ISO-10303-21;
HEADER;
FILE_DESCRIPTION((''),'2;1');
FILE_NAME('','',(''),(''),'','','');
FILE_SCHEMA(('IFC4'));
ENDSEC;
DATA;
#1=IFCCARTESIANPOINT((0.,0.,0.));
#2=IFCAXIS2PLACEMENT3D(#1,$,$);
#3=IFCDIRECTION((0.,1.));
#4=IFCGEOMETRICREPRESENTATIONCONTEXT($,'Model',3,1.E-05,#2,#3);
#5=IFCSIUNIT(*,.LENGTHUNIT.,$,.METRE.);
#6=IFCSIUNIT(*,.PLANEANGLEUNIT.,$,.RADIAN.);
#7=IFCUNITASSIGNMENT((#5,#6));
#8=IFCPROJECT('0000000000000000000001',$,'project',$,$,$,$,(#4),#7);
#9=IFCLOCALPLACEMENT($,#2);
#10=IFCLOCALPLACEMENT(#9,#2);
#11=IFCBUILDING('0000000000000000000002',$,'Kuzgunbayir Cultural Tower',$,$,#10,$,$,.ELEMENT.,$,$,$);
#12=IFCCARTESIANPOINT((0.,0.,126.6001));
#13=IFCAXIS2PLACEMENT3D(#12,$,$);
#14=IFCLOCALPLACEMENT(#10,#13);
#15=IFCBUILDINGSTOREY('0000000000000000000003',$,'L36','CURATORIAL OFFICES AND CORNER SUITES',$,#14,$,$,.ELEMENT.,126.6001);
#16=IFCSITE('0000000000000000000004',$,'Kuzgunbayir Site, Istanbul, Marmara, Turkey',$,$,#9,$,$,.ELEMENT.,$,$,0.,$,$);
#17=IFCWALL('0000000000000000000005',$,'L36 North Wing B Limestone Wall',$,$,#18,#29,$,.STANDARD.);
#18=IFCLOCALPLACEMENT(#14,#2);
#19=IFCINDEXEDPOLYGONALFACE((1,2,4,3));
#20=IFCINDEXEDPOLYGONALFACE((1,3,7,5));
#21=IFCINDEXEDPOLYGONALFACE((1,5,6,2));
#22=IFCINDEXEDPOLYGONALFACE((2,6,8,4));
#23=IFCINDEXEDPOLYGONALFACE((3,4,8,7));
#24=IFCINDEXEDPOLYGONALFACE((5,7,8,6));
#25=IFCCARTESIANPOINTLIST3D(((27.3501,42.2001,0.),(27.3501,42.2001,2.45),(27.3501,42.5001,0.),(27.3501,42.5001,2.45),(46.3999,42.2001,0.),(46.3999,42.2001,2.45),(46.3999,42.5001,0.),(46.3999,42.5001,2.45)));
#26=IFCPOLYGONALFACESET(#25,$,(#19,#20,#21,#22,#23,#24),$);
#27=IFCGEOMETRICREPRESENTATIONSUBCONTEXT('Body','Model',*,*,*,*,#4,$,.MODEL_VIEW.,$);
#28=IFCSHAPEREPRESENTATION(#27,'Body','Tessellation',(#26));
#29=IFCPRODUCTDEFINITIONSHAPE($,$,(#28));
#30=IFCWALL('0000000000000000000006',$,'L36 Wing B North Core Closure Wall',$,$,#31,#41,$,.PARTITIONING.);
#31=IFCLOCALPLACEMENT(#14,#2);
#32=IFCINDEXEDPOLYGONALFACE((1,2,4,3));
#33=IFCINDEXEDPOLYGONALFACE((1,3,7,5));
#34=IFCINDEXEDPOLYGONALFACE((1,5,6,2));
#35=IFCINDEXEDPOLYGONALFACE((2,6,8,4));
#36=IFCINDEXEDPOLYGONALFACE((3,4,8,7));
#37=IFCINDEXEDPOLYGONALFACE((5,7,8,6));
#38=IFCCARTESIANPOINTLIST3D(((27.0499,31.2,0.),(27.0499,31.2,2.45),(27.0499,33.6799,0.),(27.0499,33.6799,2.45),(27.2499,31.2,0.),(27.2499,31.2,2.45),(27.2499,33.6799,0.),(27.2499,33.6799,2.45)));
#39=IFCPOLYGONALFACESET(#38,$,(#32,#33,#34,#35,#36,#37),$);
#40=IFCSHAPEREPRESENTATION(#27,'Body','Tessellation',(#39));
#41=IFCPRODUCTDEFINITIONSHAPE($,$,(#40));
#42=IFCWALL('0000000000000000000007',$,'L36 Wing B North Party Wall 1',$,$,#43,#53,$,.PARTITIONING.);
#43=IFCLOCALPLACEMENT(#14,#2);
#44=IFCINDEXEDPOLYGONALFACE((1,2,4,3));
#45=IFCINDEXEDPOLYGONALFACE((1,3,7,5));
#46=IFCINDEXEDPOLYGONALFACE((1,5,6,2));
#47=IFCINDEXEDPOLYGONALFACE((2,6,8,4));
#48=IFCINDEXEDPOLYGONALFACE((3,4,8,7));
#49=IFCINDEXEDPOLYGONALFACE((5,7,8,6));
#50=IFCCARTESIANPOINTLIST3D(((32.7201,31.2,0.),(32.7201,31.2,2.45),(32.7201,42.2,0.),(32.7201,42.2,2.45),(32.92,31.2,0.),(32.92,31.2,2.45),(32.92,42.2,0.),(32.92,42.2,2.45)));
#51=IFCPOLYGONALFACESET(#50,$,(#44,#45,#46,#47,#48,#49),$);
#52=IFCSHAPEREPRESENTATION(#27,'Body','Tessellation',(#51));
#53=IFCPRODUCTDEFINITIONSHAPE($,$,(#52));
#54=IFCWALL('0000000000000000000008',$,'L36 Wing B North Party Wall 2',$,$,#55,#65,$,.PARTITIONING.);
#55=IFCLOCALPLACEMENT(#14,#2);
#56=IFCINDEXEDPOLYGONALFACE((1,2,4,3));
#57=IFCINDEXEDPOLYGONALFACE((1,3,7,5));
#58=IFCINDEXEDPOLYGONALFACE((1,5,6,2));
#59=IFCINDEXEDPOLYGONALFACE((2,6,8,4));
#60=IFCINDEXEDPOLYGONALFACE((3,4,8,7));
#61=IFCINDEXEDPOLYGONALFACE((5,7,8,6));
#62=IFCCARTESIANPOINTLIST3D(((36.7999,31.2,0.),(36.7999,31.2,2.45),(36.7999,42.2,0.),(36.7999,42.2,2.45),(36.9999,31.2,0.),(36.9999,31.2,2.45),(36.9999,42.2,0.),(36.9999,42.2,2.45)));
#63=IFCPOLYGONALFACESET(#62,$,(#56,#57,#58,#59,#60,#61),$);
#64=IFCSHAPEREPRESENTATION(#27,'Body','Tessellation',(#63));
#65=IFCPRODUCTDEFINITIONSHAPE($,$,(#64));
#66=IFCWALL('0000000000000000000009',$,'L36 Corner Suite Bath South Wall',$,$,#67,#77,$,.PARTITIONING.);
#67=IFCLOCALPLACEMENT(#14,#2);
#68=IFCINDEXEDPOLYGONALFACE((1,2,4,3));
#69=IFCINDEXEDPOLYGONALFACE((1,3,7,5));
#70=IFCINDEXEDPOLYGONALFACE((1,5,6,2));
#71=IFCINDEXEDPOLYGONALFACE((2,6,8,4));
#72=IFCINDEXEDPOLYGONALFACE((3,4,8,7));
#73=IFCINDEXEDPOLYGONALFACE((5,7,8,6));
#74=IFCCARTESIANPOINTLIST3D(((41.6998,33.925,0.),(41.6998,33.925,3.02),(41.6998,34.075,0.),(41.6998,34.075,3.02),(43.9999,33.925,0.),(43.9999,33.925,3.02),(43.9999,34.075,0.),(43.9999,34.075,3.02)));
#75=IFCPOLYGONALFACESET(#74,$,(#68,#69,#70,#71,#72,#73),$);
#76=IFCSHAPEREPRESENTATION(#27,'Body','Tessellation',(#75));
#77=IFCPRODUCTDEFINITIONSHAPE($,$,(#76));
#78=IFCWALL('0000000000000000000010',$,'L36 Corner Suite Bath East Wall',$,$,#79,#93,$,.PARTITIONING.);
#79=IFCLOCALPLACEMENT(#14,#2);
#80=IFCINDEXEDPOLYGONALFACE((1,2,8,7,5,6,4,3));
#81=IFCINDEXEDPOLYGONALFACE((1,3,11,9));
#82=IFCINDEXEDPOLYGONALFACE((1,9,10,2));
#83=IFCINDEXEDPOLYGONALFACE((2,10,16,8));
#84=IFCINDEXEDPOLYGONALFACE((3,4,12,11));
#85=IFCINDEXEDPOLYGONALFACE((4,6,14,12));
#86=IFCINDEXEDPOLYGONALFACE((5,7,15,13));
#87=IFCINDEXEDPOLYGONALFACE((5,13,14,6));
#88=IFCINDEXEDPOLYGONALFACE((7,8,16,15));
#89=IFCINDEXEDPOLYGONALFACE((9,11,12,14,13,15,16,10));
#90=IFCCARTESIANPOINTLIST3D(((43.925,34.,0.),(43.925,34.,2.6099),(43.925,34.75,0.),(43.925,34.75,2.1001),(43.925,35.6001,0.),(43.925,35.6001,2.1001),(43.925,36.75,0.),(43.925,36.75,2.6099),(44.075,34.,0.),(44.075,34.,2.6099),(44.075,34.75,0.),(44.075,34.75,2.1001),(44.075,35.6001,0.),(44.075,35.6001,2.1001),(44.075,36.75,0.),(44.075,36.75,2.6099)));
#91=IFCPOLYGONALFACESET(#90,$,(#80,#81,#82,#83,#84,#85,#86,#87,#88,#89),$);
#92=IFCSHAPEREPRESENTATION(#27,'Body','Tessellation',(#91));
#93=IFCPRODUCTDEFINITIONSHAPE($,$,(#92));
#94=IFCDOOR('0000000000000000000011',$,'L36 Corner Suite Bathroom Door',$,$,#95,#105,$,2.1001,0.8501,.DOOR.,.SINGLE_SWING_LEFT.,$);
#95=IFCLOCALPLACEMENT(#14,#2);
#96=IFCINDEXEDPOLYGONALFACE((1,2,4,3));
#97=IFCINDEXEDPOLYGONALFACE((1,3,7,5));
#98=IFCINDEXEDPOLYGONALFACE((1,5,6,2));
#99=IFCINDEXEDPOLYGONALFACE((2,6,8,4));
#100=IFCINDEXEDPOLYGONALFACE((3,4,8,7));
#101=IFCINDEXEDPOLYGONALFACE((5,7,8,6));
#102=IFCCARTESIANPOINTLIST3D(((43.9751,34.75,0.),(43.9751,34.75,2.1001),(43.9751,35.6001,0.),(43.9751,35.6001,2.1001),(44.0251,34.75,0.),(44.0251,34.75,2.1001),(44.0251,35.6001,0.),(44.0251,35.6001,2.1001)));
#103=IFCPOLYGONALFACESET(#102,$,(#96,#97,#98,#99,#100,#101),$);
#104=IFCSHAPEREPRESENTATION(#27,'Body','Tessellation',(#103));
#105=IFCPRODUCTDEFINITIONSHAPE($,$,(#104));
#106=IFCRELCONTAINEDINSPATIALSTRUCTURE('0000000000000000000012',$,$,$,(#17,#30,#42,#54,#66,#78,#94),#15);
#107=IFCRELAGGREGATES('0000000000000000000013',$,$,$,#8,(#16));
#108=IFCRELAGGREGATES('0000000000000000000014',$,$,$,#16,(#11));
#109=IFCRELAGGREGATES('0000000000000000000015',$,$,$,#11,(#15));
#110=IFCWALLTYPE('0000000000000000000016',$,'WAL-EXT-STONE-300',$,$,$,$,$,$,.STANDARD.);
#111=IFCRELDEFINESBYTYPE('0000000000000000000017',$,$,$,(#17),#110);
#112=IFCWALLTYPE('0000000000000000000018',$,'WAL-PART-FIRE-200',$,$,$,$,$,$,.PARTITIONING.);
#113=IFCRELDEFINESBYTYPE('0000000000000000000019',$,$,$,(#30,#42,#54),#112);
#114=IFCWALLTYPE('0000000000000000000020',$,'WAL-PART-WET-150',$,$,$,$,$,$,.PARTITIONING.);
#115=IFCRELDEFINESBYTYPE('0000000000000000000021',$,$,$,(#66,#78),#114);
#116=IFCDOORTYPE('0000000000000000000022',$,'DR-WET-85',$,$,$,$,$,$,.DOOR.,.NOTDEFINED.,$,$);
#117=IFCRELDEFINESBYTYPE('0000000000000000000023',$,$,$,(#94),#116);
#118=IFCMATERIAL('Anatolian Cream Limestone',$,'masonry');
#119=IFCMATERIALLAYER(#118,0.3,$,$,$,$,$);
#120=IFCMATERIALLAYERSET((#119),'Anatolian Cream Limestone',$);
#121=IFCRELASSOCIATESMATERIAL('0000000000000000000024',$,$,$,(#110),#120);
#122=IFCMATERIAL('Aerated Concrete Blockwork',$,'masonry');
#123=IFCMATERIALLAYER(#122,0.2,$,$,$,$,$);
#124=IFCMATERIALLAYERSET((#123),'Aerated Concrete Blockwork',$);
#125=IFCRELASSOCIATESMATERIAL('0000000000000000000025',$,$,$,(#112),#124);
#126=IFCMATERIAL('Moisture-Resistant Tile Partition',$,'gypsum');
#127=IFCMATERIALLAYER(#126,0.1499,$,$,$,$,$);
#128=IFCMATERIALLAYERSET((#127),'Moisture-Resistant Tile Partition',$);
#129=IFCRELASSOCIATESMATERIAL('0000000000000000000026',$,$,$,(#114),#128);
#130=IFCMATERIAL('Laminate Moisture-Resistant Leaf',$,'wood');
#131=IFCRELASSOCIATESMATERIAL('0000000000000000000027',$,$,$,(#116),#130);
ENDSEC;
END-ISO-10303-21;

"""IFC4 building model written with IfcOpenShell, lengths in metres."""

from ifc_helpers import new_model, si_unit, direction, frame, frame_2d, origin, place, context, subcontext, project, spatial, rectangle, extrude, material, layer, layer_set, type_object, element, fill, save


model = new_model("IFC4")

# Units and contexts
model_context = context("Model", 3, precision=1e-05, world=origin(), true_north=direction((0.0, 1.0)))
body_context = subcontext(model_context, "Body", "Model", "MODEL_VIEW")
ifc_project = project(units=[si_unit("LENGTHUNIT", "METRE"), si_unit("PLANEANGLEUNIT", "RADIAN")], contexts=[model_context])

# Site, building, storey
site_placement = place(None, origin())
site = spatial("IfcSite", under=ifc_project, at=site_placement, Name="Kuzgunbayir Site, Istanbul, Marmara, Turkey", CompositionType="ELEMENT", RefElevation=0.0)
building_placement = place(site_placement, origin())
building = spatial("IfcBuilding", under=site, at=building_placement, Name="Kuzgunbayir Cultural Tower", CompositionType="ELEMENT")
storey_placement = place(building_placement, frame((0.0, 0.0, 126.6001)))
storey = spatial("IfcBuildingStorey", under=building, at=storey_placement, Name="L36", Description="CURATORIAL OFFICES AND CORNER SUITES", CompositionType="ELEMENT", Elevation=126.6001)

# Wall
ifc_material_1 = material(Name="Anatolian Cream Limestone", Category="masonry")
ifc_layer_1 = layer(ifc_material_1, 0.3)
ifc_layer_set_1 = layer_set([ifc_layer_1], Name="Anatolian Cream Limestone")
wall_type_1 = type_object("IfcWallType", Name="WAL-EXT-STONE-300", PredefinedType="STANDARD", material=ifc_layer_set_1)
wall_1_placement = place(storey_placement, frame((46.3999, 42.3501, 0.0), z_axis=(0.0, 0.0, 1.0), x_axis=(-1.0, 0.0, 0.0)))
element("IfcWall", 1, at=wall_1_placement, inside=storey, type_object=wall_type_1, Name="L36 North Wing B Limestone Wall", PredefinedType="STANDARD", context=body_context, shape_type="SweptSolid", body=[
    extrude(rectangle(XDim=19.0498, YDim=0.3, at=frame_2d((9.5249, 0.0))), origin(), (0.0, 0.0, 1.0), 2.45),
])

# Shared definitions
ifc_material_2 = material(Name="Aerated Concrete Blockwork", Category="masonry")
ifc_layer_2 = layer(ifc_material_2, 0.2)
ifc_layer_set_2 = layer_set([ifc_layer_2], Name="Aerated Concrete Blockwork")
wall_type_2 = type_object("IfcWallType", Name="WAL-PART-FIRE-200", PredefinedType="PARTITIONING", material=ifc_layer_set_2)

# Walls
wall_2_placement = place(storey_placement, frame((27.1499, 31.2, 0.0), z_axis=(0.0, 0.0, 1.0), x_axis=(0.0, 1.0, 0.0)))
element("IfcWall", 2, at=wall_2_placement, inside=storey, type_object=wall_type_2, Name="L36 Wing B North Core Closure Wall", PredefinedType="PARTITIONING", context=body_context, shape_type="SweptSolid", body=[
    extrude(rectangle(XDim=2.48, YDim=0.2, at=frame_2d((1.24, 0.0))), origin(), (0.0, 0.0, 1.0), 2.45),
])
for number, where, z_axis, x_axis, name in (
    (3, (32.8201, 31.2, 0.0), (0.0, 0.0, 1.0), (0.0, 1.0, 0.0), "L36 Wing B North Party Wall 1"),
    (4, (36.8999, 31.2, 0.0), (0.0, 0.0, 1.0), (0.0, 1.0, 0.0), "L36 Wing B North Party Wall 2"),
):
    element("IfcWall", number, at=place(storey_placement, frame(where, z_axis=z_axis, x_axis=x_axis)), inside=storey, type_object=wall_type_2, Name=name, PredefinedType="PARTITIONING", context=body_context, shape_type="SweptSolid", body=[
        extrude(rectangle(XDim=11.0, YDim=0.2, at=frame_2d((5.5, 0.0))), origin(), (0.0, 0.0, 1.0), 2.45),
    ])
ifc_material_3 = material(Name="Moisture-Resistant Tile Partition", Category="gypsum")
ifc_layer_3 = layer(ifc_material_3, 0.1499)
ifc_layer_set_3 = layer_set([ifc_layer_3], Name="Moisture-Resistant Tile Partition")
wall_type_3 = type_object("IfcWallType", Name="WAL-PART-WET-150", PredefinedType="PARTITIONING", material=ifc_layer_set_3)
wall_3_placement = place(storey_placement, frame((41.7, 34.0, 0.0), z_axis=(0.0, 0.0, 1.0), x_axis=(1.0, 0.0, 0.0)))
element("IfcWall", 5, at=wall_3_placement, inside=storey, type_object=wall_type_3, Name="L36 Corner Suite Bath South Wall", PredefinedType="PARTITIONING", context=body_context, shape_type="SweptSolid", body=[
    extrude(rectangle(XDim=2.3, YDim=0.1499, at=frame_2d((1.1499, 0.0))), origin(), (0.0, 0.0, 1.0), 3.02),
])

# Wall, opening, door
wall_4_placement = place(storey_placement, frame((44.0, 34.0, 0.0), z_axis=(0.0, 0.0, 1.0), x_axis=(0.0, 1.0, 0.0)))
wall_4 = element("IfcWall", 6, at=wall_4_placement, inside=storey, type_object=wall_type_3, Name="L36 Corner Suite Bath East Wall", PredefinedType="PARTITIONING", context=body_context, shape_type="SweptSolid", body=[
    extrude(rectangle(XDim=2.75, YDim=0.1499, at=frame_2d((1.375, 0.0))), origin(), (0.0, 0.0, 1.0), 2.6099),
])
opening_1_placement = place(wall_4_placement, frame((0.75, 0.0, 0.0)))
opening_1 = element("IfcOpeningElement", 7, at=opening_1_placement, cuts=wall_4, PredefinedType="OPENING", context=body_context, shape_type="SweptSolid", body=[
    extrude(rectangle(XDim=0.8501, YDim=2.1001, at=frame_2d((0.425, 1.05))), frame((0.0, 0.085, 0.0), z_axis=(0.0, -1.0, 0.0), x_axis=(1.0, 0.0, 0.0)), (0.0, 0.0, 1.0), 0.1699),
])
ifc_material_4 = material(Name="Laminate Moisture-Resistant Leaf", Category="wood")
door_type_1 = type_object("IfcDoorType", Name="DR-WET-85", OperationType="NOTDEFINED", PredefinedType="DOOR", material=ifc_material_4)
door_1_placement = place(opening_1_placement, origin())
door_1 = element("IfcDoor", 8, at=door_1_placement, inside=storey, type_object=door_type_1, Name="L36 Corner Suite Bathroom Door", OperationType="SINGLE_SWING_LEFT", OverallHeight=2.1001, OverallWidth=0.8501, PredefinedType="DOOR", context=body_context, shape_type="SweptSolid", body=[
    extrude(rectangle(XDim=0.8501, YDim=2.1001, at=frame_2d((0.425, 1.05))), frame((0.0, 0.0249, 0.0), z_axis=(0.0, -1.0, 0.0), x_axis=(1.0, 0.0, 0.0)), (0.0, 0.0, 1.0), 0.05),
])
fill(opening_1, door_1)

save(model, "model.ifc")
